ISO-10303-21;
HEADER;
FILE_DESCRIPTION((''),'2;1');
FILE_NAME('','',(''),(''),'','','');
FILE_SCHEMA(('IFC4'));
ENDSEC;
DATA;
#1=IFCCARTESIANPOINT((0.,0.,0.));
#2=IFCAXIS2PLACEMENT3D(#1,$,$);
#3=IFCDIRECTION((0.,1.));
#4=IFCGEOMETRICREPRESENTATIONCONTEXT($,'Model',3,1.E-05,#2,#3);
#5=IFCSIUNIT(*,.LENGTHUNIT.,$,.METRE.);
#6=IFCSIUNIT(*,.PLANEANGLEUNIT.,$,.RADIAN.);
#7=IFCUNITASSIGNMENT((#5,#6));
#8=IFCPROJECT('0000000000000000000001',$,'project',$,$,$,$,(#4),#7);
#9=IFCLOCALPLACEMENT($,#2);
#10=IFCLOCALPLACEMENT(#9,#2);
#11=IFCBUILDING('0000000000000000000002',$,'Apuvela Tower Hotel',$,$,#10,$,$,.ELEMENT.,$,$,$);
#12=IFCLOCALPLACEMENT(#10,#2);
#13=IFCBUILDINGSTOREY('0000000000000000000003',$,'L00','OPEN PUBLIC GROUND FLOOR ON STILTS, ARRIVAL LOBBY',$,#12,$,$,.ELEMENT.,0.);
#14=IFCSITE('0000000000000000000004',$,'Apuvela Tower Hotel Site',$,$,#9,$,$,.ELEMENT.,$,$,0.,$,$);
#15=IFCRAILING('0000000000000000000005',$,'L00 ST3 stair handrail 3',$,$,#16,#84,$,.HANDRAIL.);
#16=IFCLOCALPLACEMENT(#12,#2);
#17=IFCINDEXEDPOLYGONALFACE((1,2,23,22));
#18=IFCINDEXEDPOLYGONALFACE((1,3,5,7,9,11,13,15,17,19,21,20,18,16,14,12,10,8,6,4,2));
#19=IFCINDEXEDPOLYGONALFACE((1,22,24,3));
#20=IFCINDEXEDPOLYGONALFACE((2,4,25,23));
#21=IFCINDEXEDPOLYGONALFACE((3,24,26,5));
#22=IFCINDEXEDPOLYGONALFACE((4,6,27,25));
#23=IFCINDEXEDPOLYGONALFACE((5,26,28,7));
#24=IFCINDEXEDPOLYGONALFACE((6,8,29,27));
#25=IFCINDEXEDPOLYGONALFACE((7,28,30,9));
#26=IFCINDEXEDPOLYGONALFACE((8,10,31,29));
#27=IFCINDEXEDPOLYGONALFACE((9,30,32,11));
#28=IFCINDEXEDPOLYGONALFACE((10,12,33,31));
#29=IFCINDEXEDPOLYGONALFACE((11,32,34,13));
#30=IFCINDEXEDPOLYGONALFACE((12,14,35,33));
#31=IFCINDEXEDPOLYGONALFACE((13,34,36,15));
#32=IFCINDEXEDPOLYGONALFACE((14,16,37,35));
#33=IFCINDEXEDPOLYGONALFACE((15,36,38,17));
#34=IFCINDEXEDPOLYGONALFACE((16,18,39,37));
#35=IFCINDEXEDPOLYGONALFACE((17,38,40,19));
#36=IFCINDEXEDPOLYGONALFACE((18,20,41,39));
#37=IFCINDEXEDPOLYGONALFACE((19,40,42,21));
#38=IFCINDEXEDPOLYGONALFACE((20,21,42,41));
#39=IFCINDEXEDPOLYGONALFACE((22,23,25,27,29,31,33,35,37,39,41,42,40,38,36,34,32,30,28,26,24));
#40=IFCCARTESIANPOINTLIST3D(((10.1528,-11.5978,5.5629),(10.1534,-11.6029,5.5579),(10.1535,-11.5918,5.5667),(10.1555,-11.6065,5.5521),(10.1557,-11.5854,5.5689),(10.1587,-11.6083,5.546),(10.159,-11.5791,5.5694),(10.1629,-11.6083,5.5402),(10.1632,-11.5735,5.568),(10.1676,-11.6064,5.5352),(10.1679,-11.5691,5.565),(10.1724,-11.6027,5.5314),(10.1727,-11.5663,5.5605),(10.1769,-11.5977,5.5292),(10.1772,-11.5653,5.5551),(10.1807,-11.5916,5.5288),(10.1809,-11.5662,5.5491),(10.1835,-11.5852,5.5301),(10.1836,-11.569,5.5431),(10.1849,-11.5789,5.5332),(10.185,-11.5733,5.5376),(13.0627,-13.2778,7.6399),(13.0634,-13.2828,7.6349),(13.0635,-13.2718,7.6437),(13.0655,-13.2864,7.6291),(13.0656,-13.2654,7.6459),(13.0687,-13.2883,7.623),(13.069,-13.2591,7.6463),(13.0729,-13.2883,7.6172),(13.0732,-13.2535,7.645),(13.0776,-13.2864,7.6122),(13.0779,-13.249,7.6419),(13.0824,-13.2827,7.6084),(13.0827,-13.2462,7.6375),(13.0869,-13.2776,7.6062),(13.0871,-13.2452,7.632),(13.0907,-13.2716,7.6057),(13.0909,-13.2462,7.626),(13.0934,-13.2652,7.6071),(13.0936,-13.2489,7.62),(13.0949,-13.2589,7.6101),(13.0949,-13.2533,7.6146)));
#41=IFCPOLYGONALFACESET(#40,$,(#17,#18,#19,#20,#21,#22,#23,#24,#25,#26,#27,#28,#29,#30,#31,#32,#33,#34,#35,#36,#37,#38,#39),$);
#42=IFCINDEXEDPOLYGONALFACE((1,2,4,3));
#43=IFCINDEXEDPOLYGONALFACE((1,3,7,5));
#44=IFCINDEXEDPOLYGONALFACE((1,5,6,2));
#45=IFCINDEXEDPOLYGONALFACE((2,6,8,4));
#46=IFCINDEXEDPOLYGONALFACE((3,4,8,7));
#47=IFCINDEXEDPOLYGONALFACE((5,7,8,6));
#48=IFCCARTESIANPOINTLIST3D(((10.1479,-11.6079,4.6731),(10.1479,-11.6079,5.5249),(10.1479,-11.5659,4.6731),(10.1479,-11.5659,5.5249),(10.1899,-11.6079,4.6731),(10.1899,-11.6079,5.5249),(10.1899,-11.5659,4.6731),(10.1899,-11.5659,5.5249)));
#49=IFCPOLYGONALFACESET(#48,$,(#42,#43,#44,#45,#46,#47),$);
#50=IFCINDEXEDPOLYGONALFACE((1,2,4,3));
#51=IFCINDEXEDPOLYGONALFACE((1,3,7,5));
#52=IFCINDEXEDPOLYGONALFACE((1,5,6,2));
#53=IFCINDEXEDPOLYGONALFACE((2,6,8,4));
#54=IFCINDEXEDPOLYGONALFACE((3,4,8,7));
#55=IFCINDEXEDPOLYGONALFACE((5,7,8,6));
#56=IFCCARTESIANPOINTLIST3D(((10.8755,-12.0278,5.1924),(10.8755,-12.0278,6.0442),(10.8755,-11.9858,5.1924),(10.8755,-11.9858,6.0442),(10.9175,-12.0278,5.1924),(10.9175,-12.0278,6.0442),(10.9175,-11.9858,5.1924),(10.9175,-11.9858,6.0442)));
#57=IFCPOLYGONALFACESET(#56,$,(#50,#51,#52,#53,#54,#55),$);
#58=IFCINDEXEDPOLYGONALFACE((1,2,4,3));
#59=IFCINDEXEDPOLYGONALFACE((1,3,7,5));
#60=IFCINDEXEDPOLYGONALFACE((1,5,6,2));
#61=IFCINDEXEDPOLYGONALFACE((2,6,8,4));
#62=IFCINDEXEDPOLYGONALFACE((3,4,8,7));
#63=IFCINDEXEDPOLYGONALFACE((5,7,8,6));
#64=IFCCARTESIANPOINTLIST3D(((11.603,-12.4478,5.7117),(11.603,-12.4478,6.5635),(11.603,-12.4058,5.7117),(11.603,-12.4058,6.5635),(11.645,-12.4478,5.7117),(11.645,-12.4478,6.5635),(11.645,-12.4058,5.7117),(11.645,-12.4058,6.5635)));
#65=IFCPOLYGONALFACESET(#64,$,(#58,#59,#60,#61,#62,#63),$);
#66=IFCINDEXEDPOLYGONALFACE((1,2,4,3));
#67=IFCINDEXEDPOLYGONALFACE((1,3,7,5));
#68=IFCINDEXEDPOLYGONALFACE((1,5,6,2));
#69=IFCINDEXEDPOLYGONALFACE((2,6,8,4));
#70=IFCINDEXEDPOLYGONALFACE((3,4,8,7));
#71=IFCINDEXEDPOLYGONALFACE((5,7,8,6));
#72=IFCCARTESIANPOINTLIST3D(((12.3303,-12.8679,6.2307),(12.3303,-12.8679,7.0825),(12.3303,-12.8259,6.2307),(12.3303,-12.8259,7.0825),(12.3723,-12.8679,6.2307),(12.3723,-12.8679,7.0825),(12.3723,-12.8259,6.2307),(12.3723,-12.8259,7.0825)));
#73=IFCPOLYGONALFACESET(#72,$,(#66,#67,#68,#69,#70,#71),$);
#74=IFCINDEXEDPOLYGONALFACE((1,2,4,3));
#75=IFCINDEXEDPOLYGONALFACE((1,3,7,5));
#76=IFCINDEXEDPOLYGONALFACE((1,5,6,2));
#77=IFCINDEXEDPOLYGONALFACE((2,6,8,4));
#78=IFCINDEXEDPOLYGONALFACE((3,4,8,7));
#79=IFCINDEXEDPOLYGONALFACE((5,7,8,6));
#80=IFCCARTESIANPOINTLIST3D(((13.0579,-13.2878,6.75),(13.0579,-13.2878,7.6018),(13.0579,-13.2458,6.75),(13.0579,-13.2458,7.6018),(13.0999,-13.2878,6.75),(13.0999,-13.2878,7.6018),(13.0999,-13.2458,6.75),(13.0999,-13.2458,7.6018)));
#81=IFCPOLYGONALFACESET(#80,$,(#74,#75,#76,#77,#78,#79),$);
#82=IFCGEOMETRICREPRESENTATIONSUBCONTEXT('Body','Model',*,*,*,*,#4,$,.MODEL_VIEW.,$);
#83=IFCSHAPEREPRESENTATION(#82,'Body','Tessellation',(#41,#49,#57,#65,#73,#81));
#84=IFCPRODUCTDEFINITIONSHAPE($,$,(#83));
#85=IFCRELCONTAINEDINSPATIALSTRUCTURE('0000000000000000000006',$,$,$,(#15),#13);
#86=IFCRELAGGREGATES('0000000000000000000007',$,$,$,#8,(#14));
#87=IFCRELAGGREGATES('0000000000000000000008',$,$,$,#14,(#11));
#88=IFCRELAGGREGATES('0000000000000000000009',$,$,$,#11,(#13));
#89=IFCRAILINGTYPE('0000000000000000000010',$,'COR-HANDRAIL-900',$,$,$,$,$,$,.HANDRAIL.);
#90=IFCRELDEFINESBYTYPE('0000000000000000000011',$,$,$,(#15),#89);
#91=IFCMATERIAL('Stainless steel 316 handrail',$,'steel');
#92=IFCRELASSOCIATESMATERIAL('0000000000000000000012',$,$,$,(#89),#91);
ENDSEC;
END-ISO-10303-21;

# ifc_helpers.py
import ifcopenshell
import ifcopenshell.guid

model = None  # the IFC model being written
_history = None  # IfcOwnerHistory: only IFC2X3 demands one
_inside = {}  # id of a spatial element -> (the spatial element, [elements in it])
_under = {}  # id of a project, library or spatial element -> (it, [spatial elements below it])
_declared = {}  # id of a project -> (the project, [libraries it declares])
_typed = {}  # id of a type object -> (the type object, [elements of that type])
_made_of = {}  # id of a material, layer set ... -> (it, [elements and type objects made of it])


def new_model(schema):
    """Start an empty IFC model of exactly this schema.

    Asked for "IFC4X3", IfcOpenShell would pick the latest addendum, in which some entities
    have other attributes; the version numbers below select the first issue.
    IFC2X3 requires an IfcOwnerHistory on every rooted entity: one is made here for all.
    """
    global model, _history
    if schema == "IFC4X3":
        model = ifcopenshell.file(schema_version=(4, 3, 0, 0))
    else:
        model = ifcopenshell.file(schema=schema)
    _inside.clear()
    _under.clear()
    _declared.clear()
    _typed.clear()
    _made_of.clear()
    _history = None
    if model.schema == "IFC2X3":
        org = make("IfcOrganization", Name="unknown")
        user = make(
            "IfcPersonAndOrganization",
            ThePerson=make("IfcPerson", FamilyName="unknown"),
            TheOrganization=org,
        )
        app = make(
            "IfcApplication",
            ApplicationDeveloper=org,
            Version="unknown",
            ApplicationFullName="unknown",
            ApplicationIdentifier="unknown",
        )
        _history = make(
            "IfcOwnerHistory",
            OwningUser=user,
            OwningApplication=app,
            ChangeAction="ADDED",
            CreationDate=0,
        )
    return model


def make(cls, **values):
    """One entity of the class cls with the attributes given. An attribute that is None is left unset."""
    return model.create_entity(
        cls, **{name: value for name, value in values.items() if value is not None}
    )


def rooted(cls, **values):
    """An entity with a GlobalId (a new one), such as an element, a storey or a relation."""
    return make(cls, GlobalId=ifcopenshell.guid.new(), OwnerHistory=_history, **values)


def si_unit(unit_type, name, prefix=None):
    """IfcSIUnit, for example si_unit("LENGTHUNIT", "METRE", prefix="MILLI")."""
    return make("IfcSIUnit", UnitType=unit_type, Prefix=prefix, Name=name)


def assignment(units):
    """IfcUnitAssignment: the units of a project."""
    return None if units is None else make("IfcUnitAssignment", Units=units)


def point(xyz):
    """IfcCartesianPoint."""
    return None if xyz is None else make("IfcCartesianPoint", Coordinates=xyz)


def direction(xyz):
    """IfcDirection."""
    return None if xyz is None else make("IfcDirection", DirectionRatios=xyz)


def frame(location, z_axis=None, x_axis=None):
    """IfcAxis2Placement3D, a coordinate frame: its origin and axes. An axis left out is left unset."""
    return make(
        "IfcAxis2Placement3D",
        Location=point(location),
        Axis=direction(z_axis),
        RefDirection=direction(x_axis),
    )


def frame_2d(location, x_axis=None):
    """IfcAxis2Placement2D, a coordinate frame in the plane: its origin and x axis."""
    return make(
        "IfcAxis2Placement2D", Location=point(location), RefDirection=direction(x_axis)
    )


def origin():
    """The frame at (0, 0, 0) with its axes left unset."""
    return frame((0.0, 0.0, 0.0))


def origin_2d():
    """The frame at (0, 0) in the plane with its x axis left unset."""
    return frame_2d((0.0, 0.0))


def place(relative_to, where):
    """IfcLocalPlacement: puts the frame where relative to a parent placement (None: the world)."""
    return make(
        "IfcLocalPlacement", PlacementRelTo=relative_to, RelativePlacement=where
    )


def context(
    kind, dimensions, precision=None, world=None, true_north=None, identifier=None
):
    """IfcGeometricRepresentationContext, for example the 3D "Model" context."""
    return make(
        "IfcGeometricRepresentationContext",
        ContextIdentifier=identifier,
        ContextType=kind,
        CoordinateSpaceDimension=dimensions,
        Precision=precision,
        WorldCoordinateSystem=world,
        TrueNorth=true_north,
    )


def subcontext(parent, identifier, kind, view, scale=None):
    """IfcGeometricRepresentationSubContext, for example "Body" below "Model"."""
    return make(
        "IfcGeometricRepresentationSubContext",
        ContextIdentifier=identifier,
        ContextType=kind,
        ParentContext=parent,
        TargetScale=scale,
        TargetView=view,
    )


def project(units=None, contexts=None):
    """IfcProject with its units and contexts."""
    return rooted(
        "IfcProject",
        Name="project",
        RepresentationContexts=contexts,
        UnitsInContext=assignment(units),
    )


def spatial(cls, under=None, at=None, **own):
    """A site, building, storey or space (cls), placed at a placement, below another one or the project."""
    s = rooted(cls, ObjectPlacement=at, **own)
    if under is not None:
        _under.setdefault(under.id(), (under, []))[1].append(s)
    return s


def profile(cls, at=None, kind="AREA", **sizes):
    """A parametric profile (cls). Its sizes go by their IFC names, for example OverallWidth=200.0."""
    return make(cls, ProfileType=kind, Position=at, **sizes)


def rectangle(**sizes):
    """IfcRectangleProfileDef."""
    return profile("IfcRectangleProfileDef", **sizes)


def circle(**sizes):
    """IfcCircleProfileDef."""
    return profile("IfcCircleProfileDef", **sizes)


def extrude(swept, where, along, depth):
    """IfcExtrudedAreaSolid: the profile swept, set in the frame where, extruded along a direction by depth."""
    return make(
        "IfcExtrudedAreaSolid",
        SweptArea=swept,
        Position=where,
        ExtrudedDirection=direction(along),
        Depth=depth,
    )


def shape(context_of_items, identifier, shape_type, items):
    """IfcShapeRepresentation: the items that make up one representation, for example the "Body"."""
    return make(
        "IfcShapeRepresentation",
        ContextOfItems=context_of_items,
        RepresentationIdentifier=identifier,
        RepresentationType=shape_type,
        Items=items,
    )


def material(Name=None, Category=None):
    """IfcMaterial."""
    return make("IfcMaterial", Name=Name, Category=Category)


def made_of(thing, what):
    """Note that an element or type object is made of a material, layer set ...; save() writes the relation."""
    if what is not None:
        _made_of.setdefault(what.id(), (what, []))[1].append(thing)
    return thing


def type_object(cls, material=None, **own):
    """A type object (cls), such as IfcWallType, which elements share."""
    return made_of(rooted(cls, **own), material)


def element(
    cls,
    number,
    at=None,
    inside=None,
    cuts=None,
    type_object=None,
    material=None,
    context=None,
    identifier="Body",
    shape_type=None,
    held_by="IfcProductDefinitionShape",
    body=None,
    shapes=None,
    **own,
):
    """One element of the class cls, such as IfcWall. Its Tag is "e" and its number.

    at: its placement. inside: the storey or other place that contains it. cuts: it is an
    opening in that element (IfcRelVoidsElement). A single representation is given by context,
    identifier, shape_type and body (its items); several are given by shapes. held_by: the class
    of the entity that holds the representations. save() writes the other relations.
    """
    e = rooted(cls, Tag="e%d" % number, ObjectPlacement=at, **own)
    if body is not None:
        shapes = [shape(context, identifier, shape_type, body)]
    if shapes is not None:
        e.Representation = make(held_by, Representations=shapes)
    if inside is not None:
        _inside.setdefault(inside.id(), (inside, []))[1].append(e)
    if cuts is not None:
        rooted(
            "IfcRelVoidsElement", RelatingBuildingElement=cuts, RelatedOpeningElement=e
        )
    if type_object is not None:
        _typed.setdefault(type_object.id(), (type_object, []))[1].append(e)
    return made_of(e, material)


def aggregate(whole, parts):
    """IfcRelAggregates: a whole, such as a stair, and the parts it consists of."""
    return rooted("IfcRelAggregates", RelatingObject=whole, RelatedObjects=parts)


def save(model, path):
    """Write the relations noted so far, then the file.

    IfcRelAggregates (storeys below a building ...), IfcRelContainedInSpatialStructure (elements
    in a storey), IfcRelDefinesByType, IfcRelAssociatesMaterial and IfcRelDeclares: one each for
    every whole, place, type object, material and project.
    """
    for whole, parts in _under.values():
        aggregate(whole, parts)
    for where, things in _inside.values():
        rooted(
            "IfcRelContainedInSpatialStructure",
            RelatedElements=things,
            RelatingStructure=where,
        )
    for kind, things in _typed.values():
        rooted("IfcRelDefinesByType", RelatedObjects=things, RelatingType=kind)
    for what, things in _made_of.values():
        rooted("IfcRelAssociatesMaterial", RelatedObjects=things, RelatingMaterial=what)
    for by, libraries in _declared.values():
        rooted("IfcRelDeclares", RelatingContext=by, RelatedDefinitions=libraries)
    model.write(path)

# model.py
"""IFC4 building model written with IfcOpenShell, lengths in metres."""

from ifc_helpers import new_model, si_unit, direction, frame, origin, origin_2d, place, context, subcontext, project, spatial, rectangle, circle, extrude, material, type_object, element, save


model = new_model("IFC4")

# Units and contexts
model_context = context("Model", 3, precision=1e-05, world=origin(), true_north=direction((0.0, 1.0)))
body_context = subcontext(model_context, "Body", "Model", "MODEL_VIEW")
ifc_project = project(units=[si_unit("LENGTHUNIT", "METRE"), si_unit("PLANEANGLEUNIT", "RADIAN")], contexts=[model_context])

# Site, building, storey
site_placement = place(None, origin())
site = spatial("IfcSite", under=ifc_project, at=site_placement, Name="Apuvela Tower Hotel Site", CompositionType="ELEMENT", RefElevation=0.0)
building_placement = place(site_placement, origin())
building = spatial("IfcBuilding", under=site, at=building_placement, Name="Apuvela Tower Hotel", CompositionType="ELEMENT")
storey_placement = place(building_placement, origin())
storey = spatial("IfcBuildingStorey", under=building, at=storey_placement, Name="L00", Description="OPEN PUBLIC GROUND FLOOR ON STILTS, ARRIVAL LOBBY", CompositionType="ELEMENT", Elevation=0.0)

# Railing
ifc_material_1 = material(Name="Stainless steel 316 handrail", Category="steel")
railing_type_1 = type_object("IfcRailingType", Name="COR-HANDRAIL-900", PredefinedType="HANDRAIL", material=ifc_material_1)
for number, where, name in (
    (1, (10.1689, -11.5869, 4.6731), "L00 ST3 stair handrail 3"),
):
    element("IfcRailing", number, at=place(storey_placement, frame(where)), inside=storey, type_object=railing_type_1, Name=name, PredefinedType="HANDRAIL", context=body_context, shape_type="SweptSolid", body=[
        extrude(circle(Radius=0.0239, at=origin_2d()), frame((0.0, 0.0, 0.876), z_axis=(0.736668, -0.425288, 0.525785), x_axis=(0.499976, 0.866039, 0.0)), (0.0, 0.0, 1.0), 3.9502),
        extrude(rectangle(XDim=0.042, YDim=0.042, at=origin_2d()), origin(), (0.0, 0.0, 1.0), 0.8518),
        extrude(rectangle(XDim=0.042, YDim=0.042, at=origin_2d()), frame((0.7275, -0.4199, 0.5193)), (0.0, 0.0, 1.0), 0.8518),
        extrude(rectangle(XDim=0.042, YDim=0.042, at=origin_2d()), frame((1.4551, -0.8398, 1.0386)), (0.0, 0.0, 1.0), 0.8518),
        extrude(rectangle(XDim=0.042, YDim=0.042, at=origin_2d()), frame((2.1824, -1.26, 1.5576)), (0.0, 0.0, 1.0), 0.8518),
        extrude(rectangle(XDim=0.042, YDim=0.042, at=origin_2d()), frame((2.9099, -1.6799, 2.0769)), (0.0, 0.0, 1.0), 0.8518),
    ])

save(model, "model.ifc")
